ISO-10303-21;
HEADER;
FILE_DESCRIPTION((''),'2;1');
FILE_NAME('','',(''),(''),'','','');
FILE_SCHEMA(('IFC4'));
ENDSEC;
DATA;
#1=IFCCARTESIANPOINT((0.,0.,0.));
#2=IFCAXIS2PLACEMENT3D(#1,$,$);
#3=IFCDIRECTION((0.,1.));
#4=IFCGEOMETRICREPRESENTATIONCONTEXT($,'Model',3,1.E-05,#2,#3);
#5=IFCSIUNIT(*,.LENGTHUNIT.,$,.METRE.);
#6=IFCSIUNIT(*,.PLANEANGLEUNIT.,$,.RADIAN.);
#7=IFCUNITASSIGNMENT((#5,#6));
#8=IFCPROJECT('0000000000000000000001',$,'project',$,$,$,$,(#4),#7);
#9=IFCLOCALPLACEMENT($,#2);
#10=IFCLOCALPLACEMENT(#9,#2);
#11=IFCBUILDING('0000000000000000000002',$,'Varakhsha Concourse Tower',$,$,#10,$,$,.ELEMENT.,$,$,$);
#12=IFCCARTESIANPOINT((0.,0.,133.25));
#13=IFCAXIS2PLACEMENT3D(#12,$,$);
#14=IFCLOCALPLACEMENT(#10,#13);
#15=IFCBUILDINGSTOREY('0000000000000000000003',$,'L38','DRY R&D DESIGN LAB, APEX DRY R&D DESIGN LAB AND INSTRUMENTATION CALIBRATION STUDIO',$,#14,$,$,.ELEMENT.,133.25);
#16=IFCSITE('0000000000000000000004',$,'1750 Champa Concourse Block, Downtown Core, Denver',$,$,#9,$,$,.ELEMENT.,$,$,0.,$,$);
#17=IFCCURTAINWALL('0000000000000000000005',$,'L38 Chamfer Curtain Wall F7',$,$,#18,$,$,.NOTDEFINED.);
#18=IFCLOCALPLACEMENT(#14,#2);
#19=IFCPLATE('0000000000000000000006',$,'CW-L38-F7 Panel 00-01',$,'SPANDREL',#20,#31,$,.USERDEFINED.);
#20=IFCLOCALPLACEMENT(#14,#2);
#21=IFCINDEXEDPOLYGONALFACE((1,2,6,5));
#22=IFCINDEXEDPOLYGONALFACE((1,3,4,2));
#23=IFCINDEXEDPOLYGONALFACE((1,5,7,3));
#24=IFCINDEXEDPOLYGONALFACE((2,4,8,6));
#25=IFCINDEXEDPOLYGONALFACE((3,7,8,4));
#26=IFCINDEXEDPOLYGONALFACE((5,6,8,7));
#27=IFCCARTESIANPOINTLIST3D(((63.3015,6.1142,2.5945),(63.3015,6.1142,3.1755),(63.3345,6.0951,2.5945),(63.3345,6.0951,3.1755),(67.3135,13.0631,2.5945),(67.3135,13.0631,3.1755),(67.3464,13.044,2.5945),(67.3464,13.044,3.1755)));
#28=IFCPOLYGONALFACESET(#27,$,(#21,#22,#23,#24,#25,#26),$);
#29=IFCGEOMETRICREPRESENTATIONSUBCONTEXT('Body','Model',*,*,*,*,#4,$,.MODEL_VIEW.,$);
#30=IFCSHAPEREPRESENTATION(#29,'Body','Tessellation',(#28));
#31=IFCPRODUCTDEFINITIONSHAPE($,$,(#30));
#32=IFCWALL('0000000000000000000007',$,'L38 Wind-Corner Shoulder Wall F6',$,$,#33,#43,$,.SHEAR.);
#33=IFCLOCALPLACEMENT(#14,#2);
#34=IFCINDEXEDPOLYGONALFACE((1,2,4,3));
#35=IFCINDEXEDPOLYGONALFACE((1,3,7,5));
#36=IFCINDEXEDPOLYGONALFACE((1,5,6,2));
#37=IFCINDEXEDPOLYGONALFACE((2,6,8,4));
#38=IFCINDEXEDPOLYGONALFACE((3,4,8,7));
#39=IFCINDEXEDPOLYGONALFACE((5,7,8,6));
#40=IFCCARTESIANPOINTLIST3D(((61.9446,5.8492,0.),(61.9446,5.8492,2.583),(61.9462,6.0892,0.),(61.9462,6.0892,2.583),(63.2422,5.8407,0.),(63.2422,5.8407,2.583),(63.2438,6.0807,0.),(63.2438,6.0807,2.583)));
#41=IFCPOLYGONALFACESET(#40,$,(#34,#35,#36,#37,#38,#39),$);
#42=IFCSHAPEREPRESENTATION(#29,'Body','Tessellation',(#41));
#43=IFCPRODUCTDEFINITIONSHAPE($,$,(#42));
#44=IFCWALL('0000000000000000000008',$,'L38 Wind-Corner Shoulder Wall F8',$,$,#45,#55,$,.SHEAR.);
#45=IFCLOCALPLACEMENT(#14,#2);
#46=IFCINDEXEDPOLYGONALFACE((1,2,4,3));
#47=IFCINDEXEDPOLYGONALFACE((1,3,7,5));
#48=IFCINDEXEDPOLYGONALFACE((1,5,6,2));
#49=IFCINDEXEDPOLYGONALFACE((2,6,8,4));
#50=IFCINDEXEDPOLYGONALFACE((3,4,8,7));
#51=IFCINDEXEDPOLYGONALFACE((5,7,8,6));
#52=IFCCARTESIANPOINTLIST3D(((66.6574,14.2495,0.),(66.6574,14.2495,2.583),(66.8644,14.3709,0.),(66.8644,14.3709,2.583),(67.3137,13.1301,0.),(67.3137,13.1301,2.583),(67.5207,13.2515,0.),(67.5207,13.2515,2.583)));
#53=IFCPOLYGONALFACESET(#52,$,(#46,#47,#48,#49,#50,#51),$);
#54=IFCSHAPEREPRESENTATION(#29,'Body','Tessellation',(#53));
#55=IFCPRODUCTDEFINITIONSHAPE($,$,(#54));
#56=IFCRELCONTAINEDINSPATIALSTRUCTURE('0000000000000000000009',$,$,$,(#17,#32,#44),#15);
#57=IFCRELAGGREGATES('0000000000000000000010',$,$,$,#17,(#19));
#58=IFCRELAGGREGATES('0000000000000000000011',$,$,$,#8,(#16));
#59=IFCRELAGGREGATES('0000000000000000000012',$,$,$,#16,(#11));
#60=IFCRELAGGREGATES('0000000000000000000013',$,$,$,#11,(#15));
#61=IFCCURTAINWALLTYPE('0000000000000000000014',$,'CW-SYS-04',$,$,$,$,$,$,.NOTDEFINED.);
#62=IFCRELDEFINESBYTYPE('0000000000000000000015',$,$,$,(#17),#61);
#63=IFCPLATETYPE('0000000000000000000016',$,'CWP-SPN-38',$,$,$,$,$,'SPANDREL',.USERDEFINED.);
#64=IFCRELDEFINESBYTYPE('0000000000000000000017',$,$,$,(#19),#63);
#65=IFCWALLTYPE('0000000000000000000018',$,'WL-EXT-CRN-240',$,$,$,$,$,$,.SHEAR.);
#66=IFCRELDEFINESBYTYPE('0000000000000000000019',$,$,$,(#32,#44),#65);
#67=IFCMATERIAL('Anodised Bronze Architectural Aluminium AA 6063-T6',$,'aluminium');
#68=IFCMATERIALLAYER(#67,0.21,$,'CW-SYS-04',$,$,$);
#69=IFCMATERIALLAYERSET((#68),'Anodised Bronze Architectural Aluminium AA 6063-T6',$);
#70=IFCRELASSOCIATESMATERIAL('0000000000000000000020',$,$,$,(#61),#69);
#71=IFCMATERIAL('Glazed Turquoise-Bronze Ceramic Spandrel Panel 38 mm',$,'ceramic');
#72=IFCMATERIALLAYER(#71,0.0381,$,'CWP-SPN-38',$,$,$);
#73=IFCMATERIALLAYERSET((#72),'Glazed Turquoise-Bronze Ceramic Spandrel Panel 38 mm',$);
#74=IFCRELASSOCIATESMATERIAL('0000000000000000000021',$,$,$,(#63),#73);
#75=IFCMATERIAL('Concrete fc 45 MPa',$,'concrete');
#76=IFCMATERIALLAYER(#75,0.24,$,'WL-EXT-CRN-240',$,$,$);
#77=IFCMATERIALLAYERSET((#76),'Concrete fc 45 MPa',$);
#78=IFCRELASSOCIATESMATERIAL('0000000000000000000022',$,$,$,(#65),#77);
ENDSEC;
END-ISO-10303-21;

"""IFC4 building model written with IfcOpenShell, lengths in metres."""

from ifc_helpers import new_model, si_unit, direction, frame, frame_2d, origin, origin_2d, place, context, subcontext, project, spatial, rectangle, extrude, source, transform, mapped, material, layer, layer_set, type_object, element, aggregate, save


model = new_model("IFC4")

# Units and contexts
model_context = context("Model", 3, precision=1e-05, world=origin(), true_north=direction((0.0, 1.0)))
body_context = subcontext(model_context, "Body", "Model", "MODEL_VIEW")
ifc_project = project(units=[si_unit("LENGTHUNIT", "METRE"), si_unit("PLANEANGLEUNIT", "RADIAN")], contexts=[model_context])

# Site, building, storey
site_placement = place(None, origin())
site = spatial("IfcSite", under=ifc_project, at=site_placement, Name="1750 Champa Concourse Block, Downtown Core, Denver", CompositionType="ELEMENT", RefElevation=0.0)
building_placement = place(site_placement, origin())
building = spatial("IfcBuilding", under=site, at=building_placement, Name="Varakhsha Concourse Tower", CompositionType="ELEMENT")
storey_placement = place(building_placement, frame((0.0, 0.0, 133.25)))
storey = spatial("IfcBuildingStorey", under=building, at=storey_placement, Name="L38", Description="DRY R&D DESIGN LAB, APEX DRY R&D DESIGN LAB AND INSTRUMENTATION CALIBRATION STUDIO", CompositionType="ELEMENT", Elevation=133.25)

# Shared definitions
ifc_material_1 = material(Name="Anodised Bronze Architectural Aluminium AA 6063-T6", Category="aluminium")
ifc_layer_1 = layer(ifc_material_1, 0.21, Name="CW-SYS-04")
ifc_layer_set_1 = layer_set([ifc_layer_1], Name="Anodised Bronze Architectural Aluminium AA 6063-T6")
curtain_wall_type = type_object("IfcCurtainWallType", Name="CW-SYS-04", PredefinedType="NOTDEFINED", material=ifc_layer_set_1)

# Curtain wall
curtain_wall_1_placement = place(storey_placement, origin())
curtain_wall_1 = element("IfcCurtainWall", 1, at=curtain_wall_1_placement, inside=storey, type_object=curtain_wall_type, Name="L38 Chamfer Curtain Wall F7", PredefinedType="NOTDEFINED")

# Plate
ifc_material_2 = material(Name="Glazed Turquoise-Bronze Ceramic Spandrel Panel 38 mm", Category="ceramic")
ifc_layer_2 = layer(ifc_material_2, 0.0381, Name="CWP-SPN-38")
ifc_layer_set_2 = layer_set([ifc_layer_2], Name="Glazed Turquoise-Bronze Ceramic Spandrel Panel 38 mm")
plate_type_1 = type_object("IfcPlateType", Name="CWP-SPN-38", ElementType="SPANDREL", PredefinedType="USERDEFINED", material=ifc_layer_set_2)
shared_shape_1 = source(origin(), body_context, "Body", "SweptSolid", [
    extrude(rectangle(XDim=8.0239, YDim=0.0381, at=origin_2d()), origin(), (0.0, 0.0, 1.0), 0.5811),
])
plate_1_placement = place(storey_placement, frame((65.324, 9.5791, 2.5945), z_axis=(0.0, 0.0, 1.0), x_axis=(-0.5, -0.866025, 0.0)))
plate_1 = element("IfcPlate", 2, at=plate_1_placement, type_object=plate_type_1, Name="CW-L38-F7 Panel 00-01", ObjectType="SPANDREL", PredefinedType="USERDEFINED", context=body_context, shape_type="MappedRepresentation", body=[
    mapped(shared_shape_1, transform((0.0, 0.0, 0.0), scale=1.0)),
])
aggregate(curtain_wall_1, [plate_1])

# Walls
ifc_material_3 = material(Name="Concrete fc 45 MPa", Category="concrete")
ifc_layer_3 = layer(ifc_material_3, 0.24, Name="WL-EXT-CRN-240")
ifc_layer_set_3 = layer_set([ifc_layer_3], Name="Concrete fc 45 MPa")
wall_type = type_object("IfcWallType", Name="WL-EXT-CRN-240", PredefinedType="SHEAR", material=ifc_layer_set_3)
for number, where, z_axis, x_axis, name in (
    (3, (61.9453, 5.9692, 0.0), (0.0, 0.0, 1.0), (0.999978, -0.006585, 0.0), "L38 Wind-Corner Shoulder Wall F6"),
    (4, (67.4172, 13.1907, 0.0), (0.0, 0.0, 1.0), (-0.505753, 0.862678, 0.0), "L38 Wind-Corner Shoulder Wall F8"),
):
    element("IfcWall", number, at=place(storey_placement, frame(where, z_axis=z_axis, x_axis=x_axis)), inside=storey, type_object=wall_type, Name=name, PredefinedType="SHEAR", context=body_context, shape_type="SweptSolid", body=[
        extrude(rectangle(XDim=1.2976, YDim=0.24, at=frame_2d((0.6489, 0.0))), origin(), (0.0, 0.0, 1.0), 2.583),
    ])

save(model, "model.ifc")
